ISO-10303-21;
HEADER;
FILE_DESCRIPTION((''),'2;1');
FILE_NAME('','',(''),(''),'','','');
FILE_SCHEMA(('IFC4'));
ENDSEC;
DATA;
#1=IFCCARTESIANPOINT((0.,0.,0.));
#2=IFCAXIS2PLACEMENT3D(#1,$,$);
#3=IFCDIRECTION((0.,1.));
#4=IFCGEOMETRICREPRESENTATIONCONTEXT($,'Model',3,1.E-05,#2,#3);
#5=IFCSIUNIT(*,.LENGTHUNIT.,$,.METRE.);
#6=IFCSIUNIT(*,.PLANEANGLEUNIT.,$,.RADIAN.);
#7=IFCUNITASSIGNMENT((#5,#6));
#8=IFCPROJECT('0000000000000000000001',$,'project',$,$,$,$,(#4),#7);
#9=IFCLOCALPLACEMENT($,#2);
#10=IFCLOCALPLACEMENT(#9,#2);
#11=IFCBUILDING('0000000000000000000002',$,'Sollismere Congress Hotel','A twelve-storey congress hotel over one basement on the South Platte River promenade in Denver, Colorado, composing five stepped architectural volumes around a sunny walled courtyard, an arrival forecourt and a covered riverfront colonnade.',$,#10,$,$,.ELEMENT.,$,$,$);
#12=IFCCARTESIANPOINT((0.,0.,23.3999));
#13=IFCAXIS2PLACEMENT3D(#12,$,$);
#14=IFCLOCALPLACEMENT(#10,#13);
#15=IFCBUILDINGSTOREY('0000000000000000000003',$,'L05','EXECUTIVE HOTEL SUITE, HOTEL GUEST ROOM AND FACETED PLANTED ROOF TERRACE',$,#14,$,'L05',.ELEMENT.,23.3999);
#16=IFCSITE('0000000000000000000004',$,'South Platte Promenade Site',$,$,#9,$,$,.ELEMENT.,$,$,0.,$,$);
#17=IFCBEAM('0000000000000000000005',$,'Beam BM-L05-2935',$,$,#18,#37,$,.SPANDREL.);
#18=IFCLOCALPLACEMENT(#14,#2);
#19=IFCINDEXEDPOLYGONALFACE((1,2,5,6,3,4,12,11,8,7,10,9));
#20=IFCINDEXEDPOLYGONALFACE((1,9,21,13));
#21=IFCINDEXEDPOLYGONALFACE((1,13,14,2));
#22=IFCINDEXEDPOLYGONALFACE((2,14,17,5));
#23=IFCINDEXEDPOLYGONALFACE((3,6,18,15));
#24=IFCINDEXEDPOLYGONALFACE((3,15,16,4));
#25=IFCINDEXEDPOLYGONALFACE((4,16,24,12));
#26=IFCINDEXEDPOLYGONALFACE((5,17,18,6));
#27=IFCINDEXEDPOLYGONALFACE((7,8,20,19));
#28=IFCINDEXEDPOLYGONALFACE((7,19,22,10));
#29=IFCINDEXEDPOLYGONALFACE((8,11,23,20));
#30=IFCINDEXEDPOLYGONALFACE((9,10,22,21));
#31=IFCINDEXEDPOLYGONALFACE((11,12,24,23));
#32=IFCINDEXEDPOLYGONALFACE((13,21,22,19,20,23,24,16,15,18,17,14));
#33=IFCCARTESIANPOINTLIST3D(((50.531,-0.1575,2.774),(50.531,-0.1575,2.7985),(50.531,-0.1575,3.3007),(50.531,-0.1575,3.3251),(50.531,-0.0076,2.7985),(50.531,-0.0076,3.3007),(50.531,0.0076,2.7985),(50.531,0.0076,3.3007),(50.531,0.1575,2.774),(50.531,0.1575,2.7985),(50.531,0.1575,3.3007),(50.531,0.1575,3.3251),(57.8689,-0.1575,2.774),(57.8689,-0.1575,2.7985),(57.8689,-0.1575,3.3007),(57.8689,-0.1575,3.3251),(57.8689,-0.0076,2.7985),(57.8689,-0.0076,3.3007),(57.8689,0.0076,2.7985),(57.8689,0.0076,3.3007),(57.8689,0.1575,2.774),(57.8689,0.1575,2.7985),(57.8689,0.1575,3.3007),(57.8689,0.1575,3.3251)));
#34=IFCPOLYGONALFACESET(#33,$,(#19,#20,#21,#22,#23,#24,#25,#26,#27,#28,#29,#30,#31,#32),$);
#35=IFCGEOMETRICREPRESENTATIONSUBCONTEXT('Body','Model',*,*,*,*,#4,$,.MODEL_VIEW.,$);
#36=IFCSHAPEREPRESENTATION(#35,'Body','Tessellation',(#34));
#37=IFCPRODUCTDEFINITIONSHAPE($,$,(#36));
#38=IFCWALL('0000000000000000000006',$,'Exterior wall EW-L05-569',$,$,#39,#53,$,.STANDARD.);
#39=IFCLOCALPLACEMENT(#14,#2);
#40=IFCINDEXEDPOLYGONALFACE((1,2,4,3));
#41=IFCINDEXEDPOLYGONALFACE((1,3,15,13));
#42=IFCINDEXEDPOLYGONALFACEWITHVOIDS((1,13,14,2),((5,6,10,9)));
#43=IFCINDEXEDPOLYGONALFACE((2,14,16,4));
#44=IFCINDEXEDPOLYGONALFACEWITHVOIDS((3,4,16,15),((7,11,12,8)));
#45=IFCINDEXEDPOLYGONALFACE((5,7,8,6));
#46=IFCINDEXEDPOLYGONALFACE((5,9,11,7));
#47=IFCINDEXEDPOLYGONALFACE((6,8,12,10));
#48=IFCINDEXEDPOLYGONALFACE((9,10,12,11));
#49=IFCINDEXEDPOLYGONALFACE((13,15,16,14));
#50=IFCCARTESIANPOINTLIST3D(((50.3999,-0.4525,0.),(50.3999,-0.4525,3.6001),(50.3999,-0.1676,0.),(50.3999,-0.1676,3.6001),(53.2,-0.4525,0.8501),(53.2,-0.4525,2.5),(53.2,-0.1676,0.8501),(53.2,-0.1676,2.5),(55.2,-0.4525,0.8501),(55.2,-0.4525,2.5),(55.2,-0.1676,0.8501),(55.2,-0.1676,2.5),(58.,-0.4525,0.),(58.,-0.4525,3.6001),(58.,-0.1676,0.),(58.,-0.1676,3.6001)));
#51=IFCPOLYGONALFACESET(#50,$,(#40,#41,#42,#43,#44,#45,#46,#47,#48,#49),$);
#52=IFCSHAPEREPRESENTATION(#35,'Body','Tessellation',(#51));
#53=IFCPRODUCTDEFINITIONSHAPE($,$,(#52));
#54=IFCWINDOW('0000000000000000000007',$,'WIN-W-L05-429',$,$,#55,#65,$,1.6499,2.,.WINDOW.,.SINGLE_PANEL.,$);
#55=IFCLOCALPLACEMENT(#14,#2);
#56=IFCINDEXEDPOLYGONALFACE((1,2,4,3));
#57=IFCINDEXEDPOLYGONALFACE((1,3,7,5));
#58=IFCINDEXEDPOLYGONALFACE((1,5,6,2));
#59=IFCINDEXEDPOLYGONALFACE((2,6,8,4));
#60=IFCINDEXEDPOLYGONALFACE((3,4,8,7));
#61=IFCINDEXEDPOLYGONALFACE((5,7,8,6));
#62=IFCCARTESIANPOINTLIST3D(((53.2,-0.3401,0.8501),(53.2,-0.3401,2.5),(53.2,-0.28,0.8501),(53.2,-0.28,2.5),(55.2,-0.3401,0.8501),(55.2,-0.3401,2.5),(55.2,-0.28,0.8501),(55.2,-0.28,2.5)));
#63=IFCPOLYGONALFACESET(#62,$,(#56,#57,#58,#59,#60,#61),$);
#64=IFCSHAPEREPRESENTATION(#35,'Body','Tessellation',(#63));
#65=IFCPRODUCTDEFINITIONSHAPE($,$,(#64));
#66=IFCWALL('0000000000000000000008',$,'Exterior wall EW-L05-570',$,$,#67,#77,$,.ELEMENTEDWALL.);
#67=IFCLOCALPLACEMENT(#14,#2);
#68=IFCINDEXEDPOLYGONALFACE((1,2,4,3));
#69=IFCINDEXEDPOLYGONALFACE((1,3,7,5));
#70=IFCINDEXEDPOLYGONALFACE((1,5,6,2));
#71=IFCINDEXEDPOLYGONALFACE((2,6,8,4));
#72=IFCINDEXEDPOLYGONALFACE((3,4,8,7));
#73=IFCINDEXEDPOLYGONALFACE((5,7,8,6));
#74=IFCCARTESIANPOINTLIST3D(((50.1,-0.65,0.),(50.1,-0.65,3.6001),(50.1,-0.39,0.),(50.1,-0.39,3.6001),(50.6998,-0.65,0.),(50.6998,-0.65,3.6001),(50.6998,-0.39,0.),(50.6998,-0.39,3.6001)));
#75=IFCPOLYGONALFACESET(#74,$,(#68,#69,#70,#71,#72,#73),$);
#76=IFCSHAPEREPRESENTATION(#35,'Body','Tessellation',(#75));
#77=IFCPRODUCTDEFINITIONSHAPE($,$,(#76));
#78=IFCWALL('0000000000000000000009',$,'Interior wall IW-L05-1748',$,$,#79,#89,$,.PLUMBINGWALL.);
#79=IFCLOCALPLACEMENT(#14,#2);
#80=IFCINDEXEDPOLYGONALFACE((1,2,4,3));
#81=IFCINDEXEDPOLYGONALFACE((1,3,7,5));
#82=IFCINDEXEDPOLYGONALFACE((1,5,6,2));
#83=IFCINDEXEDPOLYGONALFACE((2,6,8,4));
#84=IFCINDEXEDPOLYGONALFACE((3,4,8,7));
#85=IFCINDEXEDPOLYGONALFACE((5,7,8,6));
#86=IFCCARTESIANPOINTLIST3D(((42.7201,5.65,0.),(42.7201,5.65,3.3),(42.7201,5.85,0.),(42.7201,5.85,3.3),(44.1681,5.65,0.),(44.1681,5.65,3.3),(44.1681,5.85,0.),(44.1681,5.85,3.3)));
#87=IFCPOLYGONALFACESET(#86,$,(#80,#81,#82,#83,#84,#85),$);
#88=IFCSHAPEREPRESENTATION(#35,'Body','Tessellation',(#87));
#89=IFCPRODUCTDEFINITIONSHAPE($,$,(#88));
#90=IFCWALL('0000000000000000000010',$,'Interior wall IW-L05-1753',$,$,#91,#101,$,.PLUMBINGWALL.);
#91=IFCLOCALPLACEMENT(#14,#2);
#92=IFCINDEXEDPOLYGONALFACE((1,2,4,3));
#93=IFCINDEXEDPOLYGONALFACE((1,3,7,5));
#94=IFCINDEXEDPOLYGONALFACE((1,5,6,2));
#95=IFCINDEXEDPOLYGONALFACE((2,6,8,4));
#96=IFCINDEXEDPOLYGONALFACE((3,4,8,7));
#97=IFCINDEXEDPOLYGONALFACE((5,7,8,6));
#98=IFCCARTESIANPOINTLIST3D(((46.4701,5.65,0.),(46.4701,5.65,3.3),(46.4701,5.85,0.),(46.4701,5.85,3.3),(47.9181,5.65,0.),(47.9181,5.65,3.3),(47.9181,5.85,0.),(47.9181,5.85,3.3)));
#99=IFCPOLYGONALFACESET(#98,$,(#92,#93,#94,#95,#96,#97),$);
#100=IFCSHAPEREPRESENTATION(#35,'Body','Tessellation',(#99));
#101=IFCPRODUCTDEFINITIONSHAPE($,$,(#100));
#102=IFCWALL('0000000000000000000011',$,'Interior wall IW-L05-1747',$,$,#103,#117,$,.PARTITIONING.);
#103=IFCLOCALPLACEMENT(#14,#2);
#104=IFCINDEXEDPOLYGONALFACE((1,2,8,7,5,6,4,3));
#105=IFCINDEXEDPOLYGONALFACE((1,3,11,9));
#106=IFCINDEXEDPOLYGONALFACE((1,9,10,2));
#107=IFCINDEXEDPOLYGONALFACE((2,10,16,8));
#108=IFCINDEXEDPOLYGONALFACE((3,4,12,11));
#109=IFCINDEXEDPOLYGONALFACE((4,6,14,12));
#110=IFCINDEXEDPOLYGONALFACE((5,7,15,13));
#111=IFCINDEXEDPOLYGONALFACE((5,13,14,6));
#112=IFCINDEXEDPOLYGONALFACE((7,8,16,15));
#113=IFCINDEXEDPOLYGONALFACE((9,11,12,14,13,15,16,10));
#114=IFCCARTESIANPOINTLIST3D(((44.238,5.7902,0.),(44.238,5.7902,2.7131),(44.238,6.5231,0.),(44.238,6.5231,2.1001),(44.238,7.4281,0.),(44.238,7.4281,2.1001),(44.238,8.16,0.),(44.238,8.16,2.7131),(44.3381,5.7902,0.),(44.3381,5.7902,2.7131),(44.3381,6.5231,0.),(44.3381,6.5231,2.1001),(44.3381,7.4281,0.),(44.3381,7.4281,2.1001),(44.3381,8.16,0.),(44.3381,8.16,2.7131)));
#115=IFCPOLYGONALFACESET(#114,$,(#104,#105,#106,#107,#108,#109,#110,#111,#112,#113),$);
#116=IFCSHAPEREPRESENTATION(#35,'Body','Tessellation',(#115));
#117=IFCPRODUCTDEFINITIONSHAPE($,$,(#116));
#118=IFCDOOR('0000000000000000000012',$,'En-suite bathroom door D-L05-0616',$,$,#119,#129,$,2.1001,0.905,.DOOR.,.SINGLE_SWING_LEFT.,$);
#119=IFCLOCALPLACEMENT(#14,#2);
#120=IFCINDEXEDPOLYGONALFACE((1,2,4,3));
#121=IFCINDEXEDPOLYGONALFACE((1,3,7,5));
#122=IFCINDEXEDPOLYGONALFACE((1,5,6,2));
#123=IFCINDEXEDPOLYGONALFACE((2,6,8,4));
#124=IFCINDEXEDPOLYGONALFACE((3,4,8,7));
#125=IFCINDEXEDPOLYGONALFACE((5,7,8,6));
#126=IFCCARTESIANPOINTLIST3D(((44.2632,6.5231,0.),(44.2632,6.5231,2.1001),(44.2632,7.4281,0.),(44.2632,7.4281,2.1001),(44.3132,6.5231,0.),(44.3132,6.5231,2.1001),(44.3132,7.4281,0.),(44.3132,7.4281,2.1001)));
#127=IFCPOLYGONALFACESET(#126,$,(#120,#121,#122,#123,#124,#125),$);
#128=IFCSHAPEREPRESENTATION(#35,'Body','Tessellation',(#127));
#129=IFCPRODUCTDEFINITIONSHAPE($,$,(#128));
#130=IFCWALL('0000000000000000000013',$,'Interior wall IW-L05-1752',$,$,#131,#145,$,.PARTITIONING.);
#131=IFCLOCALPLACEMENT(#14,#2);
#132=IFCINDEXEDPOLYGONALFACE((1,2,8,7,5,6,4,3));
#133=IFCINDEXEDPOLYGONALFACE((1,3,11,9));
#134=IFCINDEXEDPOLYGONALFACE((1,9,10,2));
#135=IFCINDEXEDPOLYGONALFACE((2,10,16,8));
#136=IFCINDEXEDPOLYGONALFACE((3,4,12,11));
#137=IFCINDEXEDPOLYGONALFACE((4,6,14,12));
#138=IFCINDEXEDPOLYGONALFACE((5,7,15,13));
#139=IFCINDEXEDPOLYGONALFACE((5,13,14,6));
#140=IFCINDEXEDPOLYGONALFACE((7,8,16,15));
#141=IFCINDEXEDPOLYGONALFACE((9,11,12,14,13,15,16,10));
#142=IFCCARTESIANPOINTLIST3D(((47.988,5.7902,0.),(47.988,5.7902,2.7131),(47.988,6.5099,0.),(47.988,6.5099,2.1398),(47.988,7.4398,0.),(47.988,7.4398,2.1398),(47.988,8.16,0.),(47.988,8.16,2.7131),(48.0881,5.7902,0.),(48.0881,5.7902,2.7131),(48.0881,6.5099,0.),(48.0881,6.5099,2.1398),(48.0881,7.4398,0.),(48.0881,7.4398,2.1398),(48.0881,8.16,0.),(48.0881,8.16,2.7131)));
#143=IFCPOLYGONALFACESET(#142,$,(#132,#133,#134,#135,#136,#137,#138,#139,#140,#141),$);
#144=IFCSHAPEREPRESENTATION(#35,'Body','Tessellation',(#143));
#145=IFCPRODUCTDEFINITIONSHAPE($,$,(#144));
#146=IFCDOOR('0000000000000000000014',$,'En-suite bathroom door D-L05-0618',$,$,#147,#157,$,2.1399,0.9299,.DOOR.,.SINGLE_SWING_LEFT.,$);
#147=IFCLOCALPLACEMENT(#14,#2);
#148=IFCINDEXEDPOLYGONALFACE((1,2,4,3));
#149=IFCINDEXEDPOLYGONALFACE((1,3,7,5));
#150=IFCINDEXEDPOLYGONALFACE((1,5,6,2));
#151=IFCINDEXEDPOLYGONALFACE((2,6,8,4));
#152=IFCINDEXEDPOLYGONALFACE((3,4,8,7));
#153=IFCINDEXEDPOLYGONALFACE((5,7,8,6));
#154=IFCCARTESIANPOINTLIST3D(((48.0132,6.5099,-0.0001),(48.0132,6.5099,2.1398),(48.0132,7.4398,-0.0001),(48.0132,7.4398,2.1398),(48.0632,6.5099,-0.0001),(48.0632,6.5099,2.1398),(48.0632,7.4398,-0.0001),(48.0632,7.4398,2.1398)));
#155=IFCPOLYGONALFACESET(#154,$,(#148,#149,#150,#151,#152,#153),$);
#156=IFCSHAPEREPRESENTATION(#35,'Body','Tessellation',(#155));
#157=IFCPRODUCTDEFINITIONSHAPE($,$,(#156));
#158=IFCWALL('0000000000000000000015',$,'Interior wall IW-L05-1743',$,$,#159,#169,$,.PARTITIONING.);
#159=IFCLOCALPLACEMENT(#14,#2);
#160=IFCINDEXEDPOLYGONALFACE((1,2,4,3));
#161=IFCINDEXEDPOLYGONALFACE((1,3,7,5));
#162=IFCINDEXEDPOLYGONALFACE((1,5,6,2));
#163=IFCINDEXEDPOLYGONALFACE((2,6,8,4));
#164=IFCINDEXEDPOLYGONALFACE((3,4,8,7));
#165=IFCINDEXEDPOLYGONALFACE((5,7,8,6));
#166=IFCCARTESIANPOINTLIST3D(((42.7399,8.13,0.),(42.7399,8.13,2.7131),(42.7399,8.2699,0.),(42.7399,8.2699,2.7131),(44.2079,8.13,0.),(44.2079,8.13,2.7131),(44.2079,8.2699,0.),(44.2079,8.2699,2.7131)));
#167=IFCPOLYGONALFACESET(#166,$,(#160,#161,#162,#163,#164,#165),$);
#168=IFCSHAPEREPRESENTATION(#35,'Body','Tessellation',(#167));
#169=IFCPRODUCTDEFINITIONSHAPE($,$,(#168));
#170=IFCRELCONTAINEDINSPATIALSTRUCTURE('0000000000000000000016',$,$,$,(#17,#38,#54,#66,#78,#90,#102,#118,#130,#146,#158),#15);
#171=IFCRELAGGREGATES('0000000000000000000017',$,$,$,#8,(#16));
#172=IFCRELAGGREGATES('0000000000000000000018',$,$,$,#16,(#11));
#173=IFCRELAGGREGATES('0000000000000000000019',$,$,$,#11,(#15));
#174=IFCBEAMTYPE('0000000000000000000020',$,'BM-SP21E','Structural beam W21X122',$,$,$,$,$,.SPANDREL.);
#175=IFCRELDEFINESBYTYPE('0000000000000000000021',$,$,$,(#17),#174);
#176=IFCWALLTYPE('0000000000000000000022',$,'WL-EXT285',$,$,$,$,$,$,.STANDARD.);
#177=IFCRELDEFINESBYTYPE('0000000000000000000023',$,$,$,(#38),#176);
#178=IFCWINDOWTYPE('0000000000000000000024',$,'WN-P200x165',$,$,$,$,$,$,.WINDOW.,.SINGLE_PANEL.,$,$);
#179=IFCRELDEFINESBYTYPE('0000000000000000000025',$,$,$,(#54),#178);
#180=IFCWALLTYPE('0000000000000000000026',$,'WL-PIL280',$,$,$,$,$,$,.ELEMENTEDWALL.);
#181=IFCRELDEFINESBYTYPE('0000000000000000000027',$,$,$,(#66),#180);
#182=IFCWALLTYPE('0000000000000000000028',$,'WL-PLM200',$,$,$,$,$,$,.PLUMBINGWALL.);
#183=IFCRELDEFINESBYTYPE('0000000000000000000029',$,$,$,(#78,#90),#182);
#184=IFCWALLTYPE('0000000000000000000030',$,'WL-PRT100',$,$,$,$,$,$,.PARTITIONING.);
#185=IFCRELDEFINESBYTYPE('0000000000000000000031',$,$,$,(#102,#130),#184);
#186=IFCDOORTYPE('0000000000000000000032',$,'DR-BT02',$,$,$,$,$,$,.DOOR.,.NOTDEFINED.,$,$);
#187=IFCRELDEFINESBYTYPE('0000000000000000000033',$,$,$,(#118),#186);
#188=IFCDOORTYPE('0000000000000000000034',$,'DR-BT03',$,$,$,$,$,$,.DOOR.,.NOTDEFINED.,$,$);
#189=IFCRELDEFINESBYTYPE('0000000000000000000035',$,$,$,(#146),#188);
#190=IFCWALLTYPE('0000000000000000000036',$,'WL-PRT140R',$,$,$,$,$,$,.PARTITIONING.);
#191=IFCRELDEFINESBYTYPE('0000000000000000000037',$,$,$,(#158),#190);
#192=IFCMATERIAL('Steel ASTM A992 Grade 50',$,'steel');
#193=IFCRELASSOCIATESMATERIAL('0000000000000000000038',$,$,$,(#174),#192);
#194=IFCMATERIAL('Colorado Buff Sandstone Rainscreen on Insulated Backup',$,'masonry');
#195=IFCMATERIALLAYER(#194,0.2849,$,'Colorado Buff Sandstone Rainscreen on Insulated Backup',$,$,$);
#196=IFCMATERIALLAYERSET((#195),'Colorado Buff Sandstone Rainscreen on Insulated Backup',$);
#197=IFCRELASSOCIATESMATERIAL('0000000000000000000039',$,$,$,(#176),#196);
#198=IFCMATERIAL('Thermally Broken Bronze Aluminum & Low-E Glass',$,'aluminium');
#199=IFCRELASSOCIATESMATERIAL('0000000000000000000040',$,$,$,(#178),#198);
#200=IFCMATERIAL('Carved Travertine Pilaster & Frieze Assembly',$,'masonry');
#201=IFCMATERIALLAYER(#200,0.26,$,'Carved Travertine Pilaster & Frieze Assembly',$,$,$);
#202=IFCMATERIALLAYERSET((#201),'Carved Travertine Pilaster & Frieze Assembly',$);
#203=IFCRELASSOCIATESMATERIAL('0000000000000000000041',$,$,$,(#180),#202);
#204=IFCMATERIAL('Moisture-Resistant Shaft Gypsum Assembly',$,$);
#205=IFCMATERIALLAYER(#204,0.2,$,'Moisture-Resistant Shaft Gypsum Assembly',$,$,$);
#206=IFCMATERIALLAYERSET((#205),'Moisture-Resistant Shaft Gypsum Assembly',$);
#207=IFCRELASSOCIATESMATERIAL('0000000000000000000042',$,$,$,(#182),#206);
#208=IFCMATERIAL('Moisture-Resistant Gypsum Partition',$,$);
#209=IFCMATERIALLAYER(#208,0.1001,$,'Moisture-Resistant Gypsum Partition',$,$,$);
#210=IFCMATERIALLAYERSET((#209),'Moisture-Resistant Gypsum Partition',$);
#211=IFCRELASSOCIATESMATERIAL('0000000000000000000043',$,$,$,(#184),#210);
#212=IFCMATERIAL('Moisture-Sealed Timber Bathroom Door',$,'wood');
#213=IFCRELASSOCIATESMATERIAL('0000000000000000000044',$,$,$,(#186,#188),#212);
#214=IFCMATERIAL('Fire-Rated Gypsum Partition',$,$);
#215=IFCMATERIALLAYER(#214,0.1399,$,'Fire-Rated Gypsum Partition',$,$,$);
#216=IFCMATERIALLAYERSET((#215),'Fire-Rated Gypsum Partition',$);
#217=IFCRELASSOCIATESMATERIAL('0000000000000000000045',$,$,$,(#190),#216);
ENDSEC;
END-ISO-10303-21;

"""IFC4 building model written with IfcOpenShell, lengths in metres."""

from ifc_helpers import new_model, si_unit, direction, frame, frame_2d, origin, origin_2d, place, context, subcontext, project, spatial, rectangle, i_section, extrude, material, layer, layer_set, material_profile, profile_set, type_object, element, fill, save


model = new_model("IFC4")

# Units and contexts
model_context = context("Model", 3, precision=1e-05, world=origin(), true_north=direction((0.0, 1.0)))
body_context = subcontext(model_context, "Body", "Model", "MODEL_VIEW")
ifc_project = project(units=[si_unit("LENGTHUNIT", "METRE"), si_unit("PLANEANGLEUNIT", "RADIAN")], contexts=[model_context])

# Site, building, storey
site_placement = place(None, origin())
site = spatial("IfcSite", under=ifc_project, at=site_placement, Name="South Platte Promenade Site", CompositionType="ELEMENT", RefElevation=0.0)
building_placement = place(site_placement, origin())
building = spatial("IfcBuilding", under=site, at=building_placement, Name="Sollismere Congress Hotel", Description="A twelve-storey congress hotel over one basement on the South Platte River promenade in Denver, Colorado, composing five stepped architectural volumes around a sunny walled courtyard, an arrival forecourt and a covered riverfront colonnade.", CompositionType="ELEMENT")
storey_placement = place(building_placement, frame((0.0, 0.0, 23.3999)))
storey = spatial("IfcBuildingStorey", under=building, at=storey_placement, Name="L05", Description="EXECUTIVE HOTEL SUITE, HOTEL GUEST ROOM AND FACETED PLANTED ROOF TERRACE", LongName="L05", CompositionType="ELEMENT", Elevation=23.3999)

# Shared definitions
ifc_material_1 = material(Name="Steel ASTM A992 Grade 50", Category="steel")

# Beam
ifc_material_profile_1 = material_profile(ifc_material_1, i_section(OverallWidth=0.3149, OverallDepth=0.551, WebThickness=0.0151, FlangeThickness=0.0244, at=origin_2d()), Name="W21X122")
ifc_profile_set_1 = profile_set([ifc_material_profile_1], Name="Steel ASTM A992 Grade 50")
beam_type_1 = type_object("IfcBeamType", Name="BM-SP21E", Description="Structural beam W21X122", PredefinedType="SPANDREL", material=ifc_profile_set_1)
beam_1_placement = place(storey_placement, frame((50.531, 0.0, 3.0496), z_axis=(1.0, 0.0, 0.0), x_axis=(0.0, 1.0, 0.0)))
element("IfcBeam", 1, at=beam_1_placement, inside=storey, type_object=beam_type_1, Name="Beam BM-L05-2935", PredefinedType="SPANDREL", context=body_context, shape_type="SweptSolid", body=[
    extrude(i_section(OverallWidth=0.3149, OverallDepth=0.551, WebThickness=0.0151, FlangeThickness=0.0244, at=origin_2d()), origin(), (0.0, 0.0, 1.0), 7.3379),
])

# Wall, opening, window
ifc_material_2 = material(Name="Colorado Buff Sandstone Rainscreen on Insulated Backup", Category="masonry")
ifc_layer_1 = layer(ifc_material_2, 0.2849, Name="Colorado Buff Sandstone Rainscreen on Insulated Backup")
ifc_layer_set_1 = layer_set([ifc_layer_1], Name="Colorado Buff Sandstone Rainscreen on Insulated Backup")
wall_type_1 = type_object("IfcWallType", Name="WL-EXT285", PredefinedType="STANDARD", material=ifc_layer_set_1)
wall_1_placement = place(storey_placement, frame((50.3999, -0.3101, 0.0), z_axis=(0.0, 0.0, 1.0), x_axis=(1.0, 0.0, 0.0)))
wall_1 = element("IfcWall", 2, at=wall_1_placement, inside=storey, type_object=wall_type_1, Name="Exterior wall EW-L05-569", PredefinedType="STANDARD", context=body_context, shape_type="SweptSolid", body=[
    extrude(rectangle(XDim=7.6001, YDim=0.2849, at=frame_2d((3.8, 0.0))), origin(), (0.0, 0.0, 1.0), 3.6001),
])
opening_1_placement = place(wall_1_placement, frame((2.8, 0.0, 0.8501)))
opening_1 = element("IfcOpeningElement", 3, at=opening_1_placement, cuts=wall_1, PredefinedType="OPENING", context=body_context, shape_type="SweptSolid", body=[
    extrude(rectangle(XDim=2.0, YDim=1.6499, at=frame_2d((1.0, 0.825))), frame((0.0, 0.1523, 0.0), z_axis=(0.0, -1.0, 0.0), x_axis=(1.0, 0.0, 0.0)), (0.0, 0.0, 1.0), 0.3049),
])
ifc_material_3 = material(Name="Thermally Broken Bronze Aluminum & Low-E Glass", Category="aluminium")
window_type = type_object("IfcWindowType", Name="WN-P200x165", PartitioningType="SINGLE_PANEL", PredefinedType="WINDOW", material=ifc_material_3)
window_placement = place(opening_1_placement, origin())
window = element("IfcWindow", 4, at=window_placement, inside=storey, type_object=window_type, Name="WIN-W-L05-429", OverallHeight=1.6499, OverallWidth=2.0, PartitioningType="SINGLE_PANEL", PredefinedType="WINDOW", context=body_context, shape_type="SweptSolid", body=[
    extrude(rectangle(XDim=2.0, YDim=1.6499, at=frame_2d((1.0, 0.825))), frame((0.0, 0.03, 0.0), z_axis=(0.0, -1.0, 0.0), x_axis=(1.0, 0.0, 0.0)), (0.0, 0.0, 1.0), 0.0601),
])
fill(opening_1, window)

# Walls
ifc_material_4 = material(Name="Carved Travertine Pilaster & Frieze Assembly", Category="masonry")
ifc_layer_2 = layer(ifc_material_4, 0.26, Name="Carved Travertine Pilaster & Frieze Assembly")
ifc_layer_set_2 = layer_set([ifc_layer_2], Name="Carved Travertine Pilaster & Frieze Assembly")
wall_type_2 = type_object("IfcWallType", Name="WL-PIL280", PredefinedType="ELEMENTEDWALL", material=ifc_layer_set_2)
wall_2_placement = place(storey_placement, frame((50.1001, -0.52, 0.0), z_axis=(0.0, 0.0, 1.0), x_axis=(1.0, 0.0, 0.0)))
element("IfcWall", 5, at=wall_2_placement, inside=storey, type_object=wall_type_2, Name="Exterior wall EW-L05-570", PredefinedType="ELEMENTEDWALL", context=body_context, shape_type="SweptSolid", body=[
    extrude(rectangle(XDim=0.5999, YDim=0.26, at=frame_2d((0.2998, 0.0))), origin(), (0.0, 0.0, 1.0), 3.6001),
])
ifc_material_5 = material(Name="Moisture-Resistant Shaft Gypsum Assembly")
ifc_layer_3 = layer(ifc_material_5, 0.2, Name="Moisture-Resistant Shaft Gypsum Assembly")
ifc_layer_set_3 = layer_set([ifc_layer_3], Name="Moisture-Resistant Shaft Gypsum Assembly")
wall_type_3 = type_object("IfcWallType", Name="WL-PLM200", PredefinedType="PLUMBINGWALL", material=ifc_layer_set_3)
for number, where, z_axis, x_axis, name in (
    (6, (42.72, 5.75, 0.0), (0.0, 0.0, 1.0), (1.0, 0.0, 0.0), "Interior wall IW-L05-1748"),
    (7, (46.47, 5.75, 0.0), (0.0, 0.0, 1.0), (1.0, 0.0, 0.0), "Interior wall IW-L05-1753"),
):
    element("IfcWall", number, at=place(storey_placement, frame(where, z_axis=z_axis, x_axis=x_axis)), inside=storey, type_object=wall_type_3, Name=name, PredefinedType="PLUMBINGWALL", context=body_context, shape_type="SweptSolid", body=[
        extrude(rectangle(XDim=1.448, YDim=0.2, at=frame_2d((0.7241, 0.0))), origin(), (0.0, 0.0, 1.0), 3.3),
    ])

# Walls, openings, doors
ifc_material_6 = material(Name="Moisture-Resistant Gypsum Partition")
ifc_layer_4 = layer(ifc_material_6, 0.1001, Name="Moisture-Resistant Gypsum Partition")
ifc_layer_set_4 = layer_set([ifc_layer_4], Name="Moisture-Resistant Gypsum Partition")
wall_type_4 = type_object("IfcWallType", Name="WL-PRT100", PredefinedType="PARTITIONING", material=ifc_layer_set_4)
wall_3_placement = place(storey_placement, frame((44.2881, 5.79, 0.0), z_axis=(0.0, 0.0, 1.0), x_axis=(0.0, 1.0, 0.0)))
wall_3 = element("IfcWall", 8, at=wall_3_placement, inside=storey, type_object=wall_type_4, Name="Interior wall IW-L05-1747", PredefinedType="PARTITIONING", context=body_context, shape_type="SweptSolid", body=[
    extrude(rectangle(XDim=2.3699, YDim=0.1001, at=frame_2d((1.1851, 0.0))), origin(), (0.0, 0.0, 1.0), 2.7131),
])
opening_2_placement = place(wall_3_placement, frame((0.7329, 0.0, 0.0)))
opening_2 = element("IfcOpeningElement", 9, at=opening_2_placement, cuts=wall_3, PredefinedType="OPENING", context=body_context, shape_type="SweptSolid", body=[
    extrude(rectangle(XDim=0.905, YDim=2.1001, at=frame_2d((0.4526, 1.05))), frame((0.0, 0.0601, 0.0), z_axis=(0.0, -1.0, 0.0), x_axis=(1.0, 0.0, 0.0)), (0.0, 0.0, 1.0), 0.1201),
])
ifc_material_7 = material(Name="Moisture-Sealed Timber Bathroom Door", Category="wood")
door_type_1 = type_object("IfcDoorType", Name="DR-BT02", OperationType="NOTDEFINED", PredefinedType="DOOR", material=ifc_material_7)
door_1_placement = place(opening_2_placement, origin())
door_1 = element("IfcDoor", 10, at=door_1_placement, inside=storey, type_object=door_type_1, Name="En-suite bathroom door D-L05-0616", OperationType="SINGLE_SWING_LEFT", OverallHeight=2.1001, OverallWidth=0.905, PredefinedType="DOOR", context=body_context, shape_type="SweptSolid", body=[
    extrude(rectangle(XDim=0.905, YDim=2.1001, at=frame_2d((0.4526, 1.05))), frame((0.0, 0.0249, 0.0), z_axis=(0.0, -1.0, 0.0), x_axis=(1.0, 0.0, 0.0)), (0.0, 0.0, 1.0), 0.05),
])
fill(opening_2, door_1)
wall_4_placement = place(storey_placement, frame((48.0381, 5.79, 0.0), z_axis=(0.0, 0.0, 1.0), x_axis=(0.0, 1.0, 0.0)))
wall_4 = element("IfcWall", 11, at=wall_4_placement, inside=storey, type_object=wall_type_4, Name="Interior wall IW-L05-1752", PredefinedType="PARTITIONING", context=body_context, shape_type="SweptSolid", body=[
    extrude(rectangle(XDim=2.3699, YDim=0.1001, at=frame_2d((1.1851, 0.0))), origin(), (0.0, 0.0, 1.0), 2.7131),
])
opening_3_placement = place(wall_4_placement, frame((0.72, 0.0, 0.0)))
opening_3 = element("IfcOpeningElement", 12, at=opening_3_placement, cuts=wall_4, PredefinedType="OPENING", context=body_context, shape_type="SweptSolid", body=[
    extrude(rectangle(XDim=0.9299, YDim=2.1399, at=frame_2d((0.4648, 1.0698))), frame((0.0, 0.0601, 0.0), z_axis=(0.0, -1.0, 0.0), x_axis=(1.0, 0.0, 0.0)), (0.0, 0.0, 1.0), 0.1201),
])
door_type_2 = type_object("IfcDoorType", Name="DR-BT03", OperationType="NOTDEFINED", PredefinedType="DOOR", material=ifc_material_7)
door_2_placement = place(opening_3_placement, origin())
door_2 = element("IfcDoor", 13, at=door_2_placement, inside=storey, type_object=door_type_2, Name="En-suite bathroom door D-L05-0618", OperationType="SINGLE_SWING_LEFT", OverallHeight=2.1399, OverallWidth=0.9299, PredefinedType="DOOR", context=body_context, shape_type="SweptSolid", body=[
    extrude(rectangle(XDim=0.9299, YDim=2.1399, at=frame_2d((0.4648, 1.0698))), frame((0.0, 0.0249, 0.0), z_axis=(0.0, -1.0, 0.0), x_axis=(1.0, 0.0, 0.0)), (0.0, 0.0, 1.0), 0.05),
])
fill(opening_3, door_2)

# Wall
ifc_material_8 = material(Name="Fire-Rated Gypsum Partition")
ifc_layer_5 = layer(ifc_material_8, 0.1399, Name="Fire-Rated Gypsum Partition")
ifc_layer_set_5 = layer_set([ifc_layer_5], Name="Fire-Rated Gypsum Partition")
wall_type_5 = type_object("IfcWallType", Name="WL-PRT140R", PredefinedType="PARTITIONING", material=ifc_layer_set_5)
wall_5_placement = place(storey_placement, frame((42.74, 8.2, 0.0), z_axis=(0.0, 0.0, 1.0), x_axis=(1.0, 0.0, 0.0)))
element("IfcWall", 14, at=wall_5_placement, inside=storey, type_object=wall_type_5, Name="Interior wall IW-L05-1743", PredefinedType="PARTITIONING", context=body_context, shape_type="SweptSolid", body=[
    extrude(rectangle(XDim=1.468, YDim=0.1399, at=frame_2d((0.7339, 0.0))), origin(), (0.0, 0.0, 1.0), 2.7131),
])

save(model, "model.ifc")
